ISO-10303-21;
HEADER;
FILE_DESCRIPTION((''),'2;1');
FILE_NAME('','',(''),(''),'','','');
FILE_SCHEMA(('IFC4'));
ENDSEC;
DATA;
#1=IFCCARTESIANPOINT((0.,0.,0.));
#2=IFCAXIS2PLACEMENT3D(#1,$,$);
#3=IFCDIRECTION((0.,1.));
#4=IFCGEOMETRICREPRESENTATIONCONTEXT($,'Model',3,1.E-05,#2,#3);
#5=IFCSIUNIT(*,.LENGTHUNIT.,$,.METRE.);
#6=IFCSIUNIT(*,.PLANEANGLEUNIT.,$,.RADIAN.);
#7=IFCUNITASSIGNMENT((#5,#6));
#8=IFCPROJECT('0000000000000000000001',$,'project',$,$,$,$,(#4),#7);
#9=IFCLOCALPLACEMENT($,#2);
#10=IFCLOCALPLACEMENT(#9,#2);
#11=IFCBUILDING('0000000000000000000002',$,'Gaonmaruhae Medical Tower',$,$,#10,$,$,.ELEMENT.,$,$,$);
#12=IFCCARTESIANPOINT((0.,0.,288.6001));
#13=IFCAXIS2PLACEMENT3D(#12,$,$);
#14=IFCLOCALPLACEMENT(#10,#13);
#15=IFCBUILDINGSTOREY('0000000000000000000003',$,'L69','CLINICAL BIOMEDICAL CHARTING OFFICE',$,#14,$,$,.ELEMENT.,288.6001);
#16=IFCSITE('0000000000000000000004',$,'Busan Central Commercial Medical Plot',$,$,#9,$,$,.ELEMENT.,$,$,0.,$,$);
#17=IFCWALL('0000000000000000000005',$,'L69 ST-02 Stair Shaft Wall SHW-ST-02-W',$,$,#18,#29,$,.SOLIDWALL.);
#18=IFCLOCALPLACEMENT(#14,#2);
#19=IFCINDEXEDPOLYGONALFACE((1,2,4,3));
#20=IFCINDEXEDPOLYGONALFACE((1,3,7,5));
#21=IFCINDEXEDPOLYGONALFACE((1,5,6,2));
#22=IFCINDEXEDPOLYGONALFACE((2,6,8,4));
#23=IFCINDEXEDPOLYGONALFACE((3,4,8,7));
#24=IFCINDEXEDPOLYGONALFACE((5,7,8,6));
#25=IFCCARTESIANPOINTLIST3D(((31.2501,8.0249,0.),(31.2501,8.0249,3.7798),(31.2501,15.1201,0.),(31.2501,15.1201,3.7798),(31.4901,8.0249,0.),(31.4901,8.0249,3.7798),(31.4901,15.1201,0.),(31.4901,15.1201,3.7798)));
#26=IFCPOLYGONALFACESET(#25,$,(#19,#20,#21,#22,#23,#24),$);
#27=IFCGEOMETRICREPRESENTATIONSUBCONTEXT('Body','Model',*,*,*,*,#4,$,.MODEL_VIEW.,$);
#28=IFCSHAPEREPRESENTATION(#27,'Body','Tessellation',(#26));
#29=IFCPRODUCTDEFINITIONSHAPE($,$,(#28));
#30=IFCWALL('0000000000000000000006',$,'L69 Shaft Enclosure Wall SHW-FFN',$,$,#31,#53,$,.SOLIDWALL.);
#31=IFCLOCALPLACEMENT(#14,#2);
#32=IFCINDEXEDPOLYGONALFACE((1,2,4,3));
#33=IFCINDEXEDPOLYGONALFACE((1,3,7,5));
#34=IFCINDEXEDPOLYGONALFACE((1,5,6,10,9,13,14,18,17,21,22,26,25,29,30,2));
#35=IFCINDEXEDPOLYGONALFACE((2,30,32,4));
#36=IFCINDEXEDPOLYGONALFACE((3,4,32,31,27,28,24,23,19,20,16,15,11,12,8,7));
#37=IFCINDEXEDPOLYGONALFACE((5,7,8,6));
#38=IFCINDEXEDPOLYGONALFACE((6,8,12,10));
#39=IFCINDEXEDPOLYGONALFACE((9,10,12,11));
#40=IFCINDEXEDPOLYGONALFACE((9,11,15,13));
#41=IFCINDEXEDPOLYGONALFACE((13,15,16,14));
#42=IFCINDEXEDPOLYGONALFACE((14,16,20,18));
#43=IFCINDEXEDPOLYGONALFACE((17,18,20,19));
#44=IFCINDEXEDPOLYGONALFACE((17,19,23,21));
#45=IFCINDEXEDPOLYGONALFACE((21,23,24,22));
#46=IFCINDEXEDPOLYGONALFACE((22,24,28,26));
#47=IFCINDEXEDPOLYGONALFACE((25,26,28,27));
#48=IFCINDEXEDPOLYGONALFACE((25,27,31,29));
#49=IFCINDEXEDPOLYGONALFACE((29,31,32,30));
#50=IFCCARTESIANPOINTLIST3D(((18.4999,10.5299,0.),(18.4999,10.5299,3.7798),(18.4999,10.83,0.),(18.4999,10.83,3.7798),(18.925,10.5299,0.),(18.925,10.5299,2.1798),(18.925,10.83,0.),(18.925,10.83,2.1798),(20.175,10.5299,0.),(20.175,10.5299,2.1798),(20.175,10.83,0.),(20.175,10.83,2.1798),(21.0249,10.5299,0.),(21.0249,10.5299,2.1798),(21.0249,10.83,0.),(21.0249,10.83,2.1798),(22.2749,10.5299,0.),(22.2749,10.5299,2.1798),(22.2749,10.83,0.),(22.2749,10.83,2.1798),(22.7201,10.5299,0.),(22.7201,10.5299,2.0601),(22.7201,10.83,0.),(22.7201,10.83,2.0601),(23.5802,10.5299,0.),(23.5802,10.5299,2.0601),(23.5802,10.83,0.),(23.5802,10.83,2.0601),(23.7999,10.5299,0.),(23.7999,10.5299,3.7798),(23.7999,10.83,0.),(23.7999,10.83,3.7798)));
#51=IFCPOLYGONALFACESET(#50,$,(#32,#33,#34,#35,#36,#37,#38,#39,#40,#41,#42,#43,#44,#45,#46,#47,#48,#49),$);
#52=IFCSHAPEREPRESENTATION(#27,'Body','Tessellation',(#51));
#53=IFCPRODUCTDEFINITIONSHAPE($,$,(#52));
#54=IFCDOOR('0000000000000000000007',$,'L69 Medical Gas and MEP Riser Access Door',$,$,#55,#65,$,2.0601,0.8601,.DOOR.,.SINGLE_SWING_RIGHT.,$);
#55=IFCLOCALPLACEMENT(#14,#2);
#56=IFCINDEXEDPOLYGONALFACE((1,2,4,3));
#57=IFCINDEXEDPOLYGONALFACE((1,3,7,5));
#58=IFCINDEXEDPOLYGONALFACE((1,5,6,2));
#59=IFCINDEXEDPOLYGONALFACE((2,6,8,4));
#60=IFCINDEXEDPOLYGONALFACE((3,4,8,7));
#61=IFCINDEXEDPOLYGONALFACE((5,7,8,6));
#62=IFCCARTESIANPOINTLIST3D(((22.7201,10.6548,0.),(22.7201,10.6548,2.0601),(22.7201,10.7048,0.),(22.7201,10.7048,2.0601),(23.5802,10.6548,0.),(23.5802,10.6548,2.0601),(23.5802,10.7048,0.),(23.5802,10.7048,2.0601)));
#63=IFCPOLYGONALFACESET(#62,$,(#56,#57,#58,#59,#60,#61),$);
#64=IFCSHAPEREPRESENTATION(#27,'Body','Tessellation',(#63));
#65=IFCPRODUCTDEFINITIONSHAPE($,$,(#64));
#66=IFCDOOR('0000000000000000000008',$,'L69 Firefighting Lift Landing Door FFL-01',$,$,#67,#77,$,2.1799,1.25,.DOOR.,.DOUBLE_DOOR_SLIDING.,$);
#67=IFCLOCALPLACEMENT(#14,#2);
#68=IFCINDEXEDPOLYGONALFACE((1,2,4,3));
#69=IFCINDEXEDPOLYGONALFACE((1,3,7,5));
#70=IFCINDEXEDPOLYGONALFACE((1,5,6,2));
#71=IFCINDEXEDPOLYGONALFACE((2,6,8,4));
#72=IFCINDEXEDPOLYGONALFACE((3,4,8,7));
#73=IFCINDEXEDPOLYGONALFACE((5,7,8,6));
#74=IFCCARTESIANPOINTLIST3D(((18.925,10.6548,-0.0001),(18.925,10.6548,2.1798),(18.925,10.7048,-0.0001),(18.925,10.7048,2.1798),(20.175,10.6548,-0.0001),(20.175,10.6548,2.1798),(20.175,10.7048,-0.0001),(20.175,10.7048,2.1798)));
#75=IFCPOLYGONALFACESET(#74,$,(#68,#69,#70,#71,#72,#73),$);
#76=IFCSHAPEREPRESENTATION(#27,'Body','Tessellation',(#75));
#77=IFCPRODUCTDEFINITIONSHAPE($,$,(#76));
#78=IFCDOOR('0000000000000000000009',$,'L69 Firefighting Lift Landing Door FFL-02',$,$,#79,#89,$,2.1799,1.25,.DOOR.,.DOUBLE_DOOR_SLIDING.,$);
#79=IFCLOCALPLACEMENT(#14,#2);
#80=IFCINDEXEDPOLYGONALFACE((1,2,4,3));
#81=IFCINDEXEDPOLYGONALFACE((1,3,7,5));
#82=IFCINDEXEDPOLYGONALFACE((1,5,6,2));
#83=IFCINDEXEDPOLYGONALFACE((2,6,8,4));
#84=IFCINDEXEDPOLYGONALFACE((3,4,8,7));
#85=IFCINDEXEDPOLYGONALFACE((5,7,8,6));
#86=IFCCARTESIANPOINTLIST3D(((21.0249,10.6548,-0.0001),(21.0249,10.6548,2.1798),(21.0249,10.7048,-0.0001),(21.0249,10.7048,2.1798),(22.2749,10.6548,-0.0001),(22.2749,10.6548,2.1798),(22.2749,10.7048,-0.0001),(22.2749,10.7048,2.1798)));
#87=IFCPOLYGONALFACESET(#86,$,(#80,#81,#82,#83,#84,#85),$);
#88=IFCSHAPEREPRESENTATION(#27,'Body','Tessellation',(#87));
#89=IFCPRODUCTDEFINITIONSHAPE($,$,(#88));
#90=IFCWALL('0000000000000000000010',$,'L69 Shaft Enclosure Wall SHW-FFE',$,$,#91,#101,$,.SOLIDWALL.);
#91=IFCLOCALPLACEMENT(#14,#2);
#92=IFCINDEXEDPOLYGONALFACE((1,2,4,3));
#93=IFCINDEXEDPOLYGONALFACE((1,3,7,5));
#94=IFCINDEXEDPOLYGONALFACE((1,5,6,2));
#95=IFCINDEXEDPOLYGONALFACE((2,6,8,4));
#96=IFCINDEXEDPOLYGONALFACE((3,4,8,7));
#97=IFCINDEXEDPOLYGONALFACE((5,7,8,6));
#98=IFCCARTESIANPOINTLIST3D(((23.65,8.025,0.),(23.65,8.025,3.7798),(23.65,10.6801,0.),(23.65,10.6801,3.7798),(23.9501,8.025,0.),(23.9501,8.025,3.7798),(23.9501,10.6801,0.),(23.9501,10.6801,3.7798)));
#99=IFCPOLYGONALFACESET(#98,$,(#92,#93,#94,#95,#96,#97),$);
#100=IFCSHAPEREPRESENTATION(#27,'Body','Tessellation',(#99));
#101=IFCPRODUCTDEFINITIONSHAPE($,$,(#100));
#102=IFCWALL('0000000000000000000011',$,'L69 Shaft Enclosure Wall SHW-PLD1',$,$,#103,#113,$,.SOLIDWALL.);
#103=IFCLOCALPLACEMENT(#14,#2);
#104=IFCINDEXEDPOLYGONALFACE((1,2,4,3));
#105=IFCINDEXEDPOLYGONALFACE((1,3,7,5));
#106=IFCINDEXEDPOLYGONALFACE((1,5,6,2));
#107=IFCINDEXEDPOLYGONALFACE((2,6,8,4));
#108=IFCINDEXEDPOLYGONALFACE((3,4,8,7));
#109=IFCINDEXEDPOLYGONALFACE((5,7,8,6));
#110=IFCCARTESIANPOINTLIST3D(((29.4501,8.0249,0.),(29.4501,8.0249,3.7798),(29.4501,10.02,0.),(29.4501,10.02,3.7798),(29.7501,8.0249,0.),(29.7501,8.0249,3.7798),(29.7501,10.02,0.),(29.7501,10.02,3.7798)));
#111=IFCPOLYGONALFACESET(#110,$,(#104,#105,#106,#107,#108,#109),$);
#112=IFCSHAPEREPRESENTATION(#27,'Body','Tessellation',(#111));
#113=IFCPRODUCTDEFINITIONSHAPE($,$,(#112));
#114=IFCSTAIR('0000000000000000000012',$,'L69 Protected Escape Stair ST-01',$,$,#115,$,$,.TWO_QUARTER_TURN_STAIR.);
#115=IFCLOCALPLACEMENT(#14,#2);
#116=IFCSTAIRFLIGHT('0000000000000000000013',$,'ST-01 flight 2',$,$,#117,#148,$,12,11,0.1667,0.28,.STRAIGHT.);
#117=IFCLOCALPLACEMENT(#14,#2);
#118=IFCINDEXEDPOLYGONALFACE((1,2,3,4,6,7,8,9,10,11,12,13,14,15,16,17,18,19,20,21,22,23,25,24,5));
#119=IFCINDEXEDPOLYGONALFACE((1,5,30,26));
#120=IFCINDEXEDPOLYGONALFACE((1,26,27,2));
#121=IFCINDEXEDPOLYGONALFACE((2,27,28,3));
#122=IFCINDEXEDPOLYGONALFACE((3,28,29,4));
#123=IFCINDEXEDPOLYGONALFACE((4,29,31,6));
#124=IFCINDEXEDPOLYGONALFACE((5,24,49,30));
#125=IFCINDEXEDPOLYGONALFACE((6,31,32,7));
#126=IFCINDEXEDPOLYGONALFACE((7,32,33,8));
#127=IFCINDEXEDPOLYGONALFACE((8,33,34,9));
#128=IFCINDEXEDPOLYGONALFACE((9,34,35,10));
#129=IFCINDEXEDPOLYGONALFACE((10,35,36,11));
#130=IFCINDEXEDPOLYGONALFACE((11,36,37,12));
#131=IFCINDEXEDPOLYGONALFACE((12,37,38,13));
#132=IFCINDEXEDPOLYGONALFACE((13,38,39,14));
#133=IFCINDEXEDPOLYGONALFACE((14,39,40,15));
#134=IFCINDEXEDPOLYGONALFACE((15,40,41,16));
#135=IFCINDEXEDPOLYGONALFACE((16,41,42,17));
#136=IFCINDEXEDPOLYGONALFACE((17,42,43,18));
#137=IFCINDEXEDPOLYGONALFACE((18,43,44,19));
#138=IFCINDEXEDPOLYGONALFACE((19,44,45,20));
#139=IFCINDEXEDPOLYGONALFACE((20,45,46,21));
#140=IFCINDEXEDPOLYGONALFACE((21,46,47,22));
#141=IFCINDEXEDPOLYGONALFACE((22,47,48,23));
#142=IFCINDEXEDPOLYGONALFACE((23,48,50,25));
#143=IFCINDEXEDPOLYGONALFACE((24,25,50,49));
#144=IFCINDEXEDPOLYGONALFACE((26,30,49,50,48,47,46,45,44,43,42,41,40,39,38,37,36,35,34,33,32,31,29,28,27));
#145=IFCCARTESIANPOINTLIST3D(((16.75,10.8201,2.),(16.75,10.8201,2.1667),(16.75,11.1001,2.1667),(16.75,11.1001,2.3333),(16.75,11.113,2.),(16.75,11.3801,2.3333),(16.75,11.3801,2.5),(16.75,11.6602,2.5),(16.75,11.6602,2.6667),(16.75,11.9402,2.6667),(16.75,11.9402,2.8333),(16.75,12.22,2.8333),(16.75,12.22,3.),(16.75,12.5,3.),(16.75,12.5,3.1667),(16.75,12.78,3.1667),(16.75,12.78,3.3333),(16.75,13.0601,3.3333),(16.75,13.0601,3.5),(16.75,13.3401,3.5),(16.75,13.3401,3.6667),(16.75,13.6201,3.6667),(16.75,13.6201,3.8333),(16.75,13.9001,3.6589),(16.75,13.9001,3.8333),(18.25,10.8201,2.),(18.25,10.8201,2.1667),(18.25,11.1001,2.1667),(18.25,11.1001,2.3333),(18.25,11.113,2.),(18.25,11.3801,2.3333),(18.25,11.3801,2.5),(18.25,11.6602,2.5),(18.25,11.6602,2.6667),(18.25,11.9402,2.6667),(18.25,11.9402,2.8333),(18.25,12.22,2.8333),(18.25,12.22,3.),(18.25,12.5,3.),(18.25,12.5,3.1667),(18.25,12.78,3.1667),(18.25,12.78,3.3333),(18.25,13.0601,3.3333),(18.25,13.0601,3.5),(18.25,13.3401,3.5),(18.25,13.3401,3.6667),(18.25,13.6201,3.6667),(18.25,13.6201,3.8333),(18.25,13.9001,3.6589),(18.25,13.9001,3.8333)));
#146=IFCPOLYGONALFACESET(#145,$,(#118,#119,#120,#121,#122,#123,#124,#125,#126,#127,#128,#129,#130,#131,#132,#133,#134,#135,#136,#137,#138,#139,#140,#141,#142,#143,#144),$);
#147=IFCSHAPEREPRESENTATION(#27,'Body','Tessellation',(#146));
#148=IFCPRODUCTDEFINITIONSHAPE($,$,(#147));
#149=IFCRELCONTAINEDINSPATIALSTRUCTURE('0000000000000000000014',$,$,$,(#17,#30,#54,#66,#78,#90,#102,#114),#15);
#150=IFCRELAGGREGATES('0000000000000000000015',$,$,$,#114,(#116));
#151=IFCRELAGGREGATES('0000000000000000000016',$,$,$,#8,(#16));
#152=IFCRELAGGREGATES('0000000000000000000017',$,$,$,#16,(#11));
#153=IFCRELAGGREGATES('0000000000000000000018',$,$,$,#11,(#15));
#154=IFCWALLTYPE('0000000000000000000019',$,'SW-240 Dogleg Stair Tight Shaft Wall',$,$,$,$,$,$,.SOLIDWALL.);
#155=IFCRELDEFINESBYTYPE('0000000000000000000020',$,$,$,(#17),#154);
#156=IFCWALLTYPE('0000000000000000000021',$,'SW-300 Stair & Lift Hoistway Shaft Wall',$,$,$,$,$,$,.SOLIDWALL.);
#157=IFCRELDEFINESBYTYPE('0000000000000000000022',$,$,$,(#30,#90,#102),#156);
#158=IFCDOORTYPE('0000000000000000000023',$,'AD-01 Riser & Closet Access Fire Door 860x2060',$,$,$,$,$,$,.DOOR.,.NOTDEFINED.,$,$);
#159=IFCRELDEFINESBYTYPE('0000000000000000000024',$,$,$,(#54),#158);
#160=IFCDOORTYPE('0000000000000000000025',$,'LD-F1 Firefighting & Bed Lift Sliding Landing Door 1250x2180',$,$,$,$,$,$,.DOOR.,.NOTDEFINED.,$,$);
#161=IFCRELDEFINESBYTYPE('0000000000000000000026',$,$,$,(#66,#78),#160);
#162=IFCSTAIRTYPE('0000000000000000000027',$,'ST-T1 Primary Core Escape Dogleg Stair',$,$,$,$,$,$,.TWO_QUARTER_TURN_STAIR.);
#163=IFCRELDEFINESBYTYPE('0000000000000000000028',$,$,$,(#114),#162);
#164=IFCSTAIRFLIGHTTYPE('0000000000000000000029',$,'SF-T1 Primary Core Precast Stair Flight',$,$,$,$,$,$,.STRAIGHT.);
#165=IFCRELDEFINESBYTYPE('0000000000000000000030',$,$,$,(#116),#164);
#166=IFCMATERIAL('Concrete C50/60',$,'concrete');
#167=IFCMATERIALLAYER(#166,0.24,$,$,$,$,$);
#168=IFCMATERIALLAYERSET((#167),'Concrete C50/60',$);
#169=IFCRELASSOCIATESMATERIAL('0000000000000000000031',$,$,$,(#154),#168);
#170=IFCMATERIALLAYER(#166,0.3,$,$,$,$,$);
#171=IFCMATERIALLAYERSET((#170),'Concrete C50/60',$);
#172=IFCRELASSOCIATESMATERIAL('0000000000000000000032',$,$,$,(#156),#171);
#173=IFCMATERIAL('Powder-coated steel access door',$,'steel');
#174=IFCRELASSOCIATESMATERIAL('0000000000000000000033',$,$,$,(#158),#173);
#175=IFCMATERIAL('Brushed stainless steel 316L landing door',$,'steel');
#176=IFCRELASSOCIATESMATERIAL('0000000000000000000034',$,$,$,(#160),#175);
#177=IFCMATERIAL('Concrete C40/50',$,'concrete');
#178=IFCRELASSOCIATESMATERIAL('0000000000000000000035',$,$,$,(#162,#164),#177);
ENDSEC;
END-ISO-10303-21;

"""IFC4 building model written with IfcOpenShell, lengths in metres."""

from ifc_helpers import new_model, si_unit, direction, frame, frame_2d, origin, place, context, subcontext, project, spatial, polyline, rectangle, outline, extrude, material, layer, layer_set, type_object, element, fill, aggregate, save


model = new_model("IFC4")

# Units and contexts
model_context = context("Model", 3, precision=1e-05, world=origin(), true_north=direction((0.0, 1.0)))
body_context = subcontext(model_context, "Body", "Model", "MODEL_VIEW")
ifc_project = project(units=[si_unit("LENGTHUNIT", "METRE"), si_unit("PLANEANGLEUNIT", "RADIAN")], contexts=[model_context])

# Site, building, storey
site_placement = place(None, origin())
site = spatial("IfcSite", under=ifc_project, at=site_placement, Name="Busan Central Commercial Medical Plot", CompositionType="ELEMENT", RefElevation=0.0)
building_placement = place(site_placement, origin())
building = spatial("IfcBuilding", under=site, at=building_placement, Name="Gaonmaruhae Medical Tower", CompositionType="ELEMENT")
storey_placement = place(building_placement, frame((0.0, 0.0, 288.6001)))
storey = spatial("IfcBuildingStorey", under=building, at=storey_placement, Name="L69", Description="CLINICAL BIOMEDICAL CHARTING OFFICE", CompositionType="ELEMENT", Elevation=288.6001)

# Shared definitions
ifc_material_1 = material(Name="Concrete C50/60", Category="concrete")

# Wall
ifc_layer_1 = layer(ifc_material_1, 0.24)
ifc_layer_set_1 = layer_set([ifc_layer_1], Name="Concrete C50/60")
wall_type_1 = type_object("IfcWallType", Name="SW-240 Dogleg Stair Tight Shaft Wall", PredefinedType="SOLIDWALL", material=ifc_layer_set_1)
wall_1_placement = place(storey_placement, frame((31.3701, 8.0249, 0.0), z_axis=(0.0, 0.0, 1.0), x_axis=(0.0, 1.0, 0.0)))
element("IfcWall", 1, at=wall_1_placement, inside=storey, type_object=wall_type_1, Name="L69 ST-02 Stair Shaft Wall SHW-ST-02-W", PredefinedType="SOLIDWALL", context=body_context, shape_type="SweptSolid", body=[
    extrude(rectangle(XDim=7.0952, YDim=0.24, at=frame_2d((3.5476, 0.0))), origin(), (0.0, 0.0, 1.0), 3.7798),
])

# Wall, openings, doors
ifc_layer_2 = layer(ifc_material_1, 0.3)
ifc_layer_set_2 = layer_set([ifc_layer_2], Name="Concrete C50/60")
wall_type_2 = type_object("IfcWallType", Name="SW-300 Stair & Lift Hoistway Shaft Wall", PredefinedType="SOLIDWALL", material=ifc_layer_set_2)
wall_2_placement = place(storey_placement, frame((18.5, 10.6799, 0.0), z_axis=(0.0, 0.0, 1.0), x_axis=(1.0, 0.0, 0.0)))
wall_2 = element("IfcWall", 2, at=wall_2_placement, inside=storey, type_object=wall_type_2, Name="L69 Shaft Enclosure Wall SHW-FFN", PredefinedType="SOLIDWALL", context=body_context, shape_type="SweptSolid", body=[
    extrude(rectangle(XDim=5.3, YDim=0.3, at=frame_2d((2.6499, 0.0))), origin(), (0.0, 0.0, 1.0), 3.7798),
])
opening_1_placement = place(wall_2_placement, frame((4.22, 0.0, 0.0)))
opening_1 = element("IfcOpeningElement", 3, at=opening_1_placement, cuts=wall_2, PredefinedType="OPENING", context=body_context, shape_type="SweptSolid", body=[
    extrude(rectangle(XDim=0.8601, YDim=2.0601, at=frame_2d((0.4302, 1.03))), frame((0.0, 0.1602, 0.0), z_axis=(0.0, -1.0, 0.0), x_axis=(1.0, 0.0, 0.0)), (0.0, 0.0, 1.0), 0.3201),
])
opening_2_placement = place(wall_2_placement, frame((0.425, 0.0, 0.0)))
opening_2 = element("IfcOpeningElement", 4, at=opening_2_placement, cuts=wall_2, PredefinedType="OPENING", context=body_context, shape_type="SweptSolid", body=[
    extrude(rectangle(XDim=1.25, YDim=2.1799, at=frame_2d((0.625, 1.0898))), frame((0.0, 0.1602, 0.0), z_axis=(0.0, -1.0, 0.0), x_axis=(1.0, 0.0, 0.0)), (0.0, 0.0, 1.0), 0.3201),
])
opening_3_placement = place(wall_2_placement, frame((2.5249, 0.0, 0.0)))
opening_3 = element("IfcOpeningElement", 5, at=opening_3_placement, cuts=wall_2, PredefinedType="OPENING", context=body_context, shape_type="SweptSolid", body=[
    extrude(rectangle(XDim=1.25, YDim=2.1799, at=frame_2d((0.625, 1.0898))), frame((0.0, 0.1602, 0.0), z_axis=(0.0, -1.0, 0.0), x_axis=(1.0, 0.0, 0.0)), (0.0, 0.0, 1.0), 0.3201),
])
ifc_material_2 = material(Name="Powder-coated steel access door", Category="steel")
door_type_1 = type_object("IfcDoorType", Name="AD-01 Riser & Closet Access Fire Door 860x2060", OperationType="NOTDEFINED", PredefinedType="DOOR", material=ifc_material_2)
door_1_placement = place(opening_1_placement, origin())
door_1 = element("IfcDoor", 6, at=door_1_placement, inside=storey, type_object=door_type_1, Name="L69 Medical Gas and MEP Riser Access Door", OperationType="SINGLE_SWING_RIGHT", OverallHeight=2.0601, OverallWidth=0.8601, PredefinedType="DOOR", context=body_context, shape_type="SweptSolid", body=[
    extrude(rectangle(XDim=0.8601, YDim=2.0601, at=frame_2d((0.4302, 1.03))), frame((0.0, 0.0249, 0.0), z_axis=(0.0, -1.0, 0.0), x_axis=(1.0, 0.0, 0.0)), (0.0, 0.0, 1.0), 0.05),
])
fill(opening_1, door_1)
ifc_material_3 = material(Name="Brushed stainless steel 316L landing door", Category="steel")
door_type_2 = type_object("IfcDoorType", Name="LD-F1 Firefighting & Bed Lift Sliding Landing Door 1250x2180", OperationType="NOTDEFINED", PredefinedType="DOOR", material=ifc_material_3)
door_2_placement = place(opening_2_placement, origin())
door_2 = element("IfcDoor", 7, at=door_2_placement, inside=storey, type_object=door_type_2, Name="L69 Firefighting Lift Landing Door FFL-01", OperationType="DOUBLE_DOOR_SLIDING", OverallHeight=2.1799, OverallWidth=1.25, PredefinedType="DOOR", context=body_context, shape_type="SweptSolid", body=[
    extrude(rectangle(XDim=1.25, YDim=2.1799, at=frame_2d((0.625, 1.0898))), frame((0.0, 0.0249, 0.0), z_axis=(0.0, -1.0, 0.0), x_axis=(1.0, 0.0, 0.0)), (0.0, 0.0, 1.0), 0.05),
])
fill(opening_2, door_2)
door_3_placement = place(opening_3_placement, origin())
door_3 = element("IfcDoor", 8, at=door_3_placement, inside=storey, type_object=door_type_2, Name="L69 Firefighting Lift Landing Door FFL-02", OperationType="DOUBLE_DOOR_SLIDING", OverallHeight=2.1799, OverallWidth=1.25, PredefinedType="DOOR", context=body_context, shape_type="SweptSolid", body=[
    extrude(rectangle(XDim=1.25, YDim=2.1799, at=frame_2d((0.625, 1.0898))), frame((0.0, 0.0249, 0.0), z_axis=(0.0, -1.0, 0.0), x_axis=(1.0, 0.0, 0.0)), (0.0, 0.0, 1.0), 0.05),
])
fill(opening_3, door_3)

# Wall
wall_3_placement = place(storey_placement, frame((23.8, 8.0249, 0.0), z_axis=(0.0, 0.0, 1.0), x_axis=(0.0, 1.0, 0.0)))
element("IfcWall", 9, at=wall_3_placement, inside=storey, type_object=wall_type_2, Name="L69 Shaft Enclosure Wall SHW-FFE", PredefinedType="SOLIDWALL", context=body_context, shape_type="SweptSolid", body=[
    extrude(rectangle(XDim=2.655, YDim=0.3, at=frame_2d((1.3276, 0.0))), origin(), (0.0, 0.0, 1.0), 3.7798),
])

# Wall
wall_4_placement = place(storey_placement, frame((29.6001, 8.0249, 0.0), z_axis=(0.0, 0.0, 1.0), x_axis=(0.0, 1.0, 0.0)))
element("IfcWall", 10, at=wall_4_placement, inside=storey, type_object=wall_type_2, Name="L69 Shaft Enclosure Wall SHW-PLD1", PredefinedType="SOLIDWALL", context=body_context, shape_type="SweptSolid", body=[
    extrude(rectangle(XDim=1.9951, YDim=0.3, at=frame_2d((0.9976, 0.0))), origin(), (0.0, 0.0, 1.0), 3.7798),
])

# Stair, stair flight
ifc_material_4 = material(Name="Concrete C40/50", Category="concrete")
stair_type = type_object("IfcStairType", Name="ST-T1 Primary Core Escape Dogleg Stair", PredefinedType="TWO_QUARTER_TURN_STAIR", material=ifc_material_4)
stair_placement = place(storey_placement, origin())
stair = element("IfcStair", 11, at=stair_placement, inside=storey, type_object=stair_type, Name="L69 Protected Escape Stair ST-01", PredefinedType="TWO_QUARTER_TURN_STAIR")
stair_flight_type = type_object("IfcStairFlightType", Name="SF-T1 Primary Core Precast Stair Flight", PredefinedType="STRAIGHT", material=ifc_material_4)
stair_flight_placement = place(storey_placement, frame((17.5, 10.8201, 2.0), z_axis=(0.0, 0.0, 1.0), x_axis=(0.0, 1.0, 0.0)))
stair_flight = element("IfcStairFlight", 12, at=stair_flight_placement, type_object=stair_flight_type, Name="ST-01 flight 2", NumberOfRisers=12, NumberOfTreads=11, PredefinedType="STRAIGHT", RiserHeight=0.1667, TreadLength=0.28, context=body_context, shape_type="SweptSolid", body=[
    extrude(outline(polyline([(0.0, 0.0), (0.0, 0.1667), (0.28, 0.1667), (0.28, 0.3333), (0.5601, 0.3333), (0.5601, 0.5), (0.8401, 0.5), (0.8401, 0.6667), (1.1201, 0.6667), (1.1201, 0.8333), (1.3999, 0.8333), (1.3999, 1.0), (1.6799, 1.0), (1.6799, 1.1667), (1.96, 1.1667), (1.96, 1.3333), (2.24, 1.3333), (2.24, 1.5), (2.52, 1.5), (2.52, 1.6667), (2.8, 1.6667), (2.8, 1.8333), (3.0801, 1.8333), (3.0801, 2.0), (3.0801, 1.6589), (0.293, 0.0), (0.0, 0.0)])), frame((0.0, 0.75, 0.0), z_axis=(0.0, -1.0, 0.0), x_axis=(1.0, 0.0, 0.0)), (0.0, 0.0, 1.0), 1.5),
])
aggregate(stair, [stair_flight])

save(model, "model.ifc")
